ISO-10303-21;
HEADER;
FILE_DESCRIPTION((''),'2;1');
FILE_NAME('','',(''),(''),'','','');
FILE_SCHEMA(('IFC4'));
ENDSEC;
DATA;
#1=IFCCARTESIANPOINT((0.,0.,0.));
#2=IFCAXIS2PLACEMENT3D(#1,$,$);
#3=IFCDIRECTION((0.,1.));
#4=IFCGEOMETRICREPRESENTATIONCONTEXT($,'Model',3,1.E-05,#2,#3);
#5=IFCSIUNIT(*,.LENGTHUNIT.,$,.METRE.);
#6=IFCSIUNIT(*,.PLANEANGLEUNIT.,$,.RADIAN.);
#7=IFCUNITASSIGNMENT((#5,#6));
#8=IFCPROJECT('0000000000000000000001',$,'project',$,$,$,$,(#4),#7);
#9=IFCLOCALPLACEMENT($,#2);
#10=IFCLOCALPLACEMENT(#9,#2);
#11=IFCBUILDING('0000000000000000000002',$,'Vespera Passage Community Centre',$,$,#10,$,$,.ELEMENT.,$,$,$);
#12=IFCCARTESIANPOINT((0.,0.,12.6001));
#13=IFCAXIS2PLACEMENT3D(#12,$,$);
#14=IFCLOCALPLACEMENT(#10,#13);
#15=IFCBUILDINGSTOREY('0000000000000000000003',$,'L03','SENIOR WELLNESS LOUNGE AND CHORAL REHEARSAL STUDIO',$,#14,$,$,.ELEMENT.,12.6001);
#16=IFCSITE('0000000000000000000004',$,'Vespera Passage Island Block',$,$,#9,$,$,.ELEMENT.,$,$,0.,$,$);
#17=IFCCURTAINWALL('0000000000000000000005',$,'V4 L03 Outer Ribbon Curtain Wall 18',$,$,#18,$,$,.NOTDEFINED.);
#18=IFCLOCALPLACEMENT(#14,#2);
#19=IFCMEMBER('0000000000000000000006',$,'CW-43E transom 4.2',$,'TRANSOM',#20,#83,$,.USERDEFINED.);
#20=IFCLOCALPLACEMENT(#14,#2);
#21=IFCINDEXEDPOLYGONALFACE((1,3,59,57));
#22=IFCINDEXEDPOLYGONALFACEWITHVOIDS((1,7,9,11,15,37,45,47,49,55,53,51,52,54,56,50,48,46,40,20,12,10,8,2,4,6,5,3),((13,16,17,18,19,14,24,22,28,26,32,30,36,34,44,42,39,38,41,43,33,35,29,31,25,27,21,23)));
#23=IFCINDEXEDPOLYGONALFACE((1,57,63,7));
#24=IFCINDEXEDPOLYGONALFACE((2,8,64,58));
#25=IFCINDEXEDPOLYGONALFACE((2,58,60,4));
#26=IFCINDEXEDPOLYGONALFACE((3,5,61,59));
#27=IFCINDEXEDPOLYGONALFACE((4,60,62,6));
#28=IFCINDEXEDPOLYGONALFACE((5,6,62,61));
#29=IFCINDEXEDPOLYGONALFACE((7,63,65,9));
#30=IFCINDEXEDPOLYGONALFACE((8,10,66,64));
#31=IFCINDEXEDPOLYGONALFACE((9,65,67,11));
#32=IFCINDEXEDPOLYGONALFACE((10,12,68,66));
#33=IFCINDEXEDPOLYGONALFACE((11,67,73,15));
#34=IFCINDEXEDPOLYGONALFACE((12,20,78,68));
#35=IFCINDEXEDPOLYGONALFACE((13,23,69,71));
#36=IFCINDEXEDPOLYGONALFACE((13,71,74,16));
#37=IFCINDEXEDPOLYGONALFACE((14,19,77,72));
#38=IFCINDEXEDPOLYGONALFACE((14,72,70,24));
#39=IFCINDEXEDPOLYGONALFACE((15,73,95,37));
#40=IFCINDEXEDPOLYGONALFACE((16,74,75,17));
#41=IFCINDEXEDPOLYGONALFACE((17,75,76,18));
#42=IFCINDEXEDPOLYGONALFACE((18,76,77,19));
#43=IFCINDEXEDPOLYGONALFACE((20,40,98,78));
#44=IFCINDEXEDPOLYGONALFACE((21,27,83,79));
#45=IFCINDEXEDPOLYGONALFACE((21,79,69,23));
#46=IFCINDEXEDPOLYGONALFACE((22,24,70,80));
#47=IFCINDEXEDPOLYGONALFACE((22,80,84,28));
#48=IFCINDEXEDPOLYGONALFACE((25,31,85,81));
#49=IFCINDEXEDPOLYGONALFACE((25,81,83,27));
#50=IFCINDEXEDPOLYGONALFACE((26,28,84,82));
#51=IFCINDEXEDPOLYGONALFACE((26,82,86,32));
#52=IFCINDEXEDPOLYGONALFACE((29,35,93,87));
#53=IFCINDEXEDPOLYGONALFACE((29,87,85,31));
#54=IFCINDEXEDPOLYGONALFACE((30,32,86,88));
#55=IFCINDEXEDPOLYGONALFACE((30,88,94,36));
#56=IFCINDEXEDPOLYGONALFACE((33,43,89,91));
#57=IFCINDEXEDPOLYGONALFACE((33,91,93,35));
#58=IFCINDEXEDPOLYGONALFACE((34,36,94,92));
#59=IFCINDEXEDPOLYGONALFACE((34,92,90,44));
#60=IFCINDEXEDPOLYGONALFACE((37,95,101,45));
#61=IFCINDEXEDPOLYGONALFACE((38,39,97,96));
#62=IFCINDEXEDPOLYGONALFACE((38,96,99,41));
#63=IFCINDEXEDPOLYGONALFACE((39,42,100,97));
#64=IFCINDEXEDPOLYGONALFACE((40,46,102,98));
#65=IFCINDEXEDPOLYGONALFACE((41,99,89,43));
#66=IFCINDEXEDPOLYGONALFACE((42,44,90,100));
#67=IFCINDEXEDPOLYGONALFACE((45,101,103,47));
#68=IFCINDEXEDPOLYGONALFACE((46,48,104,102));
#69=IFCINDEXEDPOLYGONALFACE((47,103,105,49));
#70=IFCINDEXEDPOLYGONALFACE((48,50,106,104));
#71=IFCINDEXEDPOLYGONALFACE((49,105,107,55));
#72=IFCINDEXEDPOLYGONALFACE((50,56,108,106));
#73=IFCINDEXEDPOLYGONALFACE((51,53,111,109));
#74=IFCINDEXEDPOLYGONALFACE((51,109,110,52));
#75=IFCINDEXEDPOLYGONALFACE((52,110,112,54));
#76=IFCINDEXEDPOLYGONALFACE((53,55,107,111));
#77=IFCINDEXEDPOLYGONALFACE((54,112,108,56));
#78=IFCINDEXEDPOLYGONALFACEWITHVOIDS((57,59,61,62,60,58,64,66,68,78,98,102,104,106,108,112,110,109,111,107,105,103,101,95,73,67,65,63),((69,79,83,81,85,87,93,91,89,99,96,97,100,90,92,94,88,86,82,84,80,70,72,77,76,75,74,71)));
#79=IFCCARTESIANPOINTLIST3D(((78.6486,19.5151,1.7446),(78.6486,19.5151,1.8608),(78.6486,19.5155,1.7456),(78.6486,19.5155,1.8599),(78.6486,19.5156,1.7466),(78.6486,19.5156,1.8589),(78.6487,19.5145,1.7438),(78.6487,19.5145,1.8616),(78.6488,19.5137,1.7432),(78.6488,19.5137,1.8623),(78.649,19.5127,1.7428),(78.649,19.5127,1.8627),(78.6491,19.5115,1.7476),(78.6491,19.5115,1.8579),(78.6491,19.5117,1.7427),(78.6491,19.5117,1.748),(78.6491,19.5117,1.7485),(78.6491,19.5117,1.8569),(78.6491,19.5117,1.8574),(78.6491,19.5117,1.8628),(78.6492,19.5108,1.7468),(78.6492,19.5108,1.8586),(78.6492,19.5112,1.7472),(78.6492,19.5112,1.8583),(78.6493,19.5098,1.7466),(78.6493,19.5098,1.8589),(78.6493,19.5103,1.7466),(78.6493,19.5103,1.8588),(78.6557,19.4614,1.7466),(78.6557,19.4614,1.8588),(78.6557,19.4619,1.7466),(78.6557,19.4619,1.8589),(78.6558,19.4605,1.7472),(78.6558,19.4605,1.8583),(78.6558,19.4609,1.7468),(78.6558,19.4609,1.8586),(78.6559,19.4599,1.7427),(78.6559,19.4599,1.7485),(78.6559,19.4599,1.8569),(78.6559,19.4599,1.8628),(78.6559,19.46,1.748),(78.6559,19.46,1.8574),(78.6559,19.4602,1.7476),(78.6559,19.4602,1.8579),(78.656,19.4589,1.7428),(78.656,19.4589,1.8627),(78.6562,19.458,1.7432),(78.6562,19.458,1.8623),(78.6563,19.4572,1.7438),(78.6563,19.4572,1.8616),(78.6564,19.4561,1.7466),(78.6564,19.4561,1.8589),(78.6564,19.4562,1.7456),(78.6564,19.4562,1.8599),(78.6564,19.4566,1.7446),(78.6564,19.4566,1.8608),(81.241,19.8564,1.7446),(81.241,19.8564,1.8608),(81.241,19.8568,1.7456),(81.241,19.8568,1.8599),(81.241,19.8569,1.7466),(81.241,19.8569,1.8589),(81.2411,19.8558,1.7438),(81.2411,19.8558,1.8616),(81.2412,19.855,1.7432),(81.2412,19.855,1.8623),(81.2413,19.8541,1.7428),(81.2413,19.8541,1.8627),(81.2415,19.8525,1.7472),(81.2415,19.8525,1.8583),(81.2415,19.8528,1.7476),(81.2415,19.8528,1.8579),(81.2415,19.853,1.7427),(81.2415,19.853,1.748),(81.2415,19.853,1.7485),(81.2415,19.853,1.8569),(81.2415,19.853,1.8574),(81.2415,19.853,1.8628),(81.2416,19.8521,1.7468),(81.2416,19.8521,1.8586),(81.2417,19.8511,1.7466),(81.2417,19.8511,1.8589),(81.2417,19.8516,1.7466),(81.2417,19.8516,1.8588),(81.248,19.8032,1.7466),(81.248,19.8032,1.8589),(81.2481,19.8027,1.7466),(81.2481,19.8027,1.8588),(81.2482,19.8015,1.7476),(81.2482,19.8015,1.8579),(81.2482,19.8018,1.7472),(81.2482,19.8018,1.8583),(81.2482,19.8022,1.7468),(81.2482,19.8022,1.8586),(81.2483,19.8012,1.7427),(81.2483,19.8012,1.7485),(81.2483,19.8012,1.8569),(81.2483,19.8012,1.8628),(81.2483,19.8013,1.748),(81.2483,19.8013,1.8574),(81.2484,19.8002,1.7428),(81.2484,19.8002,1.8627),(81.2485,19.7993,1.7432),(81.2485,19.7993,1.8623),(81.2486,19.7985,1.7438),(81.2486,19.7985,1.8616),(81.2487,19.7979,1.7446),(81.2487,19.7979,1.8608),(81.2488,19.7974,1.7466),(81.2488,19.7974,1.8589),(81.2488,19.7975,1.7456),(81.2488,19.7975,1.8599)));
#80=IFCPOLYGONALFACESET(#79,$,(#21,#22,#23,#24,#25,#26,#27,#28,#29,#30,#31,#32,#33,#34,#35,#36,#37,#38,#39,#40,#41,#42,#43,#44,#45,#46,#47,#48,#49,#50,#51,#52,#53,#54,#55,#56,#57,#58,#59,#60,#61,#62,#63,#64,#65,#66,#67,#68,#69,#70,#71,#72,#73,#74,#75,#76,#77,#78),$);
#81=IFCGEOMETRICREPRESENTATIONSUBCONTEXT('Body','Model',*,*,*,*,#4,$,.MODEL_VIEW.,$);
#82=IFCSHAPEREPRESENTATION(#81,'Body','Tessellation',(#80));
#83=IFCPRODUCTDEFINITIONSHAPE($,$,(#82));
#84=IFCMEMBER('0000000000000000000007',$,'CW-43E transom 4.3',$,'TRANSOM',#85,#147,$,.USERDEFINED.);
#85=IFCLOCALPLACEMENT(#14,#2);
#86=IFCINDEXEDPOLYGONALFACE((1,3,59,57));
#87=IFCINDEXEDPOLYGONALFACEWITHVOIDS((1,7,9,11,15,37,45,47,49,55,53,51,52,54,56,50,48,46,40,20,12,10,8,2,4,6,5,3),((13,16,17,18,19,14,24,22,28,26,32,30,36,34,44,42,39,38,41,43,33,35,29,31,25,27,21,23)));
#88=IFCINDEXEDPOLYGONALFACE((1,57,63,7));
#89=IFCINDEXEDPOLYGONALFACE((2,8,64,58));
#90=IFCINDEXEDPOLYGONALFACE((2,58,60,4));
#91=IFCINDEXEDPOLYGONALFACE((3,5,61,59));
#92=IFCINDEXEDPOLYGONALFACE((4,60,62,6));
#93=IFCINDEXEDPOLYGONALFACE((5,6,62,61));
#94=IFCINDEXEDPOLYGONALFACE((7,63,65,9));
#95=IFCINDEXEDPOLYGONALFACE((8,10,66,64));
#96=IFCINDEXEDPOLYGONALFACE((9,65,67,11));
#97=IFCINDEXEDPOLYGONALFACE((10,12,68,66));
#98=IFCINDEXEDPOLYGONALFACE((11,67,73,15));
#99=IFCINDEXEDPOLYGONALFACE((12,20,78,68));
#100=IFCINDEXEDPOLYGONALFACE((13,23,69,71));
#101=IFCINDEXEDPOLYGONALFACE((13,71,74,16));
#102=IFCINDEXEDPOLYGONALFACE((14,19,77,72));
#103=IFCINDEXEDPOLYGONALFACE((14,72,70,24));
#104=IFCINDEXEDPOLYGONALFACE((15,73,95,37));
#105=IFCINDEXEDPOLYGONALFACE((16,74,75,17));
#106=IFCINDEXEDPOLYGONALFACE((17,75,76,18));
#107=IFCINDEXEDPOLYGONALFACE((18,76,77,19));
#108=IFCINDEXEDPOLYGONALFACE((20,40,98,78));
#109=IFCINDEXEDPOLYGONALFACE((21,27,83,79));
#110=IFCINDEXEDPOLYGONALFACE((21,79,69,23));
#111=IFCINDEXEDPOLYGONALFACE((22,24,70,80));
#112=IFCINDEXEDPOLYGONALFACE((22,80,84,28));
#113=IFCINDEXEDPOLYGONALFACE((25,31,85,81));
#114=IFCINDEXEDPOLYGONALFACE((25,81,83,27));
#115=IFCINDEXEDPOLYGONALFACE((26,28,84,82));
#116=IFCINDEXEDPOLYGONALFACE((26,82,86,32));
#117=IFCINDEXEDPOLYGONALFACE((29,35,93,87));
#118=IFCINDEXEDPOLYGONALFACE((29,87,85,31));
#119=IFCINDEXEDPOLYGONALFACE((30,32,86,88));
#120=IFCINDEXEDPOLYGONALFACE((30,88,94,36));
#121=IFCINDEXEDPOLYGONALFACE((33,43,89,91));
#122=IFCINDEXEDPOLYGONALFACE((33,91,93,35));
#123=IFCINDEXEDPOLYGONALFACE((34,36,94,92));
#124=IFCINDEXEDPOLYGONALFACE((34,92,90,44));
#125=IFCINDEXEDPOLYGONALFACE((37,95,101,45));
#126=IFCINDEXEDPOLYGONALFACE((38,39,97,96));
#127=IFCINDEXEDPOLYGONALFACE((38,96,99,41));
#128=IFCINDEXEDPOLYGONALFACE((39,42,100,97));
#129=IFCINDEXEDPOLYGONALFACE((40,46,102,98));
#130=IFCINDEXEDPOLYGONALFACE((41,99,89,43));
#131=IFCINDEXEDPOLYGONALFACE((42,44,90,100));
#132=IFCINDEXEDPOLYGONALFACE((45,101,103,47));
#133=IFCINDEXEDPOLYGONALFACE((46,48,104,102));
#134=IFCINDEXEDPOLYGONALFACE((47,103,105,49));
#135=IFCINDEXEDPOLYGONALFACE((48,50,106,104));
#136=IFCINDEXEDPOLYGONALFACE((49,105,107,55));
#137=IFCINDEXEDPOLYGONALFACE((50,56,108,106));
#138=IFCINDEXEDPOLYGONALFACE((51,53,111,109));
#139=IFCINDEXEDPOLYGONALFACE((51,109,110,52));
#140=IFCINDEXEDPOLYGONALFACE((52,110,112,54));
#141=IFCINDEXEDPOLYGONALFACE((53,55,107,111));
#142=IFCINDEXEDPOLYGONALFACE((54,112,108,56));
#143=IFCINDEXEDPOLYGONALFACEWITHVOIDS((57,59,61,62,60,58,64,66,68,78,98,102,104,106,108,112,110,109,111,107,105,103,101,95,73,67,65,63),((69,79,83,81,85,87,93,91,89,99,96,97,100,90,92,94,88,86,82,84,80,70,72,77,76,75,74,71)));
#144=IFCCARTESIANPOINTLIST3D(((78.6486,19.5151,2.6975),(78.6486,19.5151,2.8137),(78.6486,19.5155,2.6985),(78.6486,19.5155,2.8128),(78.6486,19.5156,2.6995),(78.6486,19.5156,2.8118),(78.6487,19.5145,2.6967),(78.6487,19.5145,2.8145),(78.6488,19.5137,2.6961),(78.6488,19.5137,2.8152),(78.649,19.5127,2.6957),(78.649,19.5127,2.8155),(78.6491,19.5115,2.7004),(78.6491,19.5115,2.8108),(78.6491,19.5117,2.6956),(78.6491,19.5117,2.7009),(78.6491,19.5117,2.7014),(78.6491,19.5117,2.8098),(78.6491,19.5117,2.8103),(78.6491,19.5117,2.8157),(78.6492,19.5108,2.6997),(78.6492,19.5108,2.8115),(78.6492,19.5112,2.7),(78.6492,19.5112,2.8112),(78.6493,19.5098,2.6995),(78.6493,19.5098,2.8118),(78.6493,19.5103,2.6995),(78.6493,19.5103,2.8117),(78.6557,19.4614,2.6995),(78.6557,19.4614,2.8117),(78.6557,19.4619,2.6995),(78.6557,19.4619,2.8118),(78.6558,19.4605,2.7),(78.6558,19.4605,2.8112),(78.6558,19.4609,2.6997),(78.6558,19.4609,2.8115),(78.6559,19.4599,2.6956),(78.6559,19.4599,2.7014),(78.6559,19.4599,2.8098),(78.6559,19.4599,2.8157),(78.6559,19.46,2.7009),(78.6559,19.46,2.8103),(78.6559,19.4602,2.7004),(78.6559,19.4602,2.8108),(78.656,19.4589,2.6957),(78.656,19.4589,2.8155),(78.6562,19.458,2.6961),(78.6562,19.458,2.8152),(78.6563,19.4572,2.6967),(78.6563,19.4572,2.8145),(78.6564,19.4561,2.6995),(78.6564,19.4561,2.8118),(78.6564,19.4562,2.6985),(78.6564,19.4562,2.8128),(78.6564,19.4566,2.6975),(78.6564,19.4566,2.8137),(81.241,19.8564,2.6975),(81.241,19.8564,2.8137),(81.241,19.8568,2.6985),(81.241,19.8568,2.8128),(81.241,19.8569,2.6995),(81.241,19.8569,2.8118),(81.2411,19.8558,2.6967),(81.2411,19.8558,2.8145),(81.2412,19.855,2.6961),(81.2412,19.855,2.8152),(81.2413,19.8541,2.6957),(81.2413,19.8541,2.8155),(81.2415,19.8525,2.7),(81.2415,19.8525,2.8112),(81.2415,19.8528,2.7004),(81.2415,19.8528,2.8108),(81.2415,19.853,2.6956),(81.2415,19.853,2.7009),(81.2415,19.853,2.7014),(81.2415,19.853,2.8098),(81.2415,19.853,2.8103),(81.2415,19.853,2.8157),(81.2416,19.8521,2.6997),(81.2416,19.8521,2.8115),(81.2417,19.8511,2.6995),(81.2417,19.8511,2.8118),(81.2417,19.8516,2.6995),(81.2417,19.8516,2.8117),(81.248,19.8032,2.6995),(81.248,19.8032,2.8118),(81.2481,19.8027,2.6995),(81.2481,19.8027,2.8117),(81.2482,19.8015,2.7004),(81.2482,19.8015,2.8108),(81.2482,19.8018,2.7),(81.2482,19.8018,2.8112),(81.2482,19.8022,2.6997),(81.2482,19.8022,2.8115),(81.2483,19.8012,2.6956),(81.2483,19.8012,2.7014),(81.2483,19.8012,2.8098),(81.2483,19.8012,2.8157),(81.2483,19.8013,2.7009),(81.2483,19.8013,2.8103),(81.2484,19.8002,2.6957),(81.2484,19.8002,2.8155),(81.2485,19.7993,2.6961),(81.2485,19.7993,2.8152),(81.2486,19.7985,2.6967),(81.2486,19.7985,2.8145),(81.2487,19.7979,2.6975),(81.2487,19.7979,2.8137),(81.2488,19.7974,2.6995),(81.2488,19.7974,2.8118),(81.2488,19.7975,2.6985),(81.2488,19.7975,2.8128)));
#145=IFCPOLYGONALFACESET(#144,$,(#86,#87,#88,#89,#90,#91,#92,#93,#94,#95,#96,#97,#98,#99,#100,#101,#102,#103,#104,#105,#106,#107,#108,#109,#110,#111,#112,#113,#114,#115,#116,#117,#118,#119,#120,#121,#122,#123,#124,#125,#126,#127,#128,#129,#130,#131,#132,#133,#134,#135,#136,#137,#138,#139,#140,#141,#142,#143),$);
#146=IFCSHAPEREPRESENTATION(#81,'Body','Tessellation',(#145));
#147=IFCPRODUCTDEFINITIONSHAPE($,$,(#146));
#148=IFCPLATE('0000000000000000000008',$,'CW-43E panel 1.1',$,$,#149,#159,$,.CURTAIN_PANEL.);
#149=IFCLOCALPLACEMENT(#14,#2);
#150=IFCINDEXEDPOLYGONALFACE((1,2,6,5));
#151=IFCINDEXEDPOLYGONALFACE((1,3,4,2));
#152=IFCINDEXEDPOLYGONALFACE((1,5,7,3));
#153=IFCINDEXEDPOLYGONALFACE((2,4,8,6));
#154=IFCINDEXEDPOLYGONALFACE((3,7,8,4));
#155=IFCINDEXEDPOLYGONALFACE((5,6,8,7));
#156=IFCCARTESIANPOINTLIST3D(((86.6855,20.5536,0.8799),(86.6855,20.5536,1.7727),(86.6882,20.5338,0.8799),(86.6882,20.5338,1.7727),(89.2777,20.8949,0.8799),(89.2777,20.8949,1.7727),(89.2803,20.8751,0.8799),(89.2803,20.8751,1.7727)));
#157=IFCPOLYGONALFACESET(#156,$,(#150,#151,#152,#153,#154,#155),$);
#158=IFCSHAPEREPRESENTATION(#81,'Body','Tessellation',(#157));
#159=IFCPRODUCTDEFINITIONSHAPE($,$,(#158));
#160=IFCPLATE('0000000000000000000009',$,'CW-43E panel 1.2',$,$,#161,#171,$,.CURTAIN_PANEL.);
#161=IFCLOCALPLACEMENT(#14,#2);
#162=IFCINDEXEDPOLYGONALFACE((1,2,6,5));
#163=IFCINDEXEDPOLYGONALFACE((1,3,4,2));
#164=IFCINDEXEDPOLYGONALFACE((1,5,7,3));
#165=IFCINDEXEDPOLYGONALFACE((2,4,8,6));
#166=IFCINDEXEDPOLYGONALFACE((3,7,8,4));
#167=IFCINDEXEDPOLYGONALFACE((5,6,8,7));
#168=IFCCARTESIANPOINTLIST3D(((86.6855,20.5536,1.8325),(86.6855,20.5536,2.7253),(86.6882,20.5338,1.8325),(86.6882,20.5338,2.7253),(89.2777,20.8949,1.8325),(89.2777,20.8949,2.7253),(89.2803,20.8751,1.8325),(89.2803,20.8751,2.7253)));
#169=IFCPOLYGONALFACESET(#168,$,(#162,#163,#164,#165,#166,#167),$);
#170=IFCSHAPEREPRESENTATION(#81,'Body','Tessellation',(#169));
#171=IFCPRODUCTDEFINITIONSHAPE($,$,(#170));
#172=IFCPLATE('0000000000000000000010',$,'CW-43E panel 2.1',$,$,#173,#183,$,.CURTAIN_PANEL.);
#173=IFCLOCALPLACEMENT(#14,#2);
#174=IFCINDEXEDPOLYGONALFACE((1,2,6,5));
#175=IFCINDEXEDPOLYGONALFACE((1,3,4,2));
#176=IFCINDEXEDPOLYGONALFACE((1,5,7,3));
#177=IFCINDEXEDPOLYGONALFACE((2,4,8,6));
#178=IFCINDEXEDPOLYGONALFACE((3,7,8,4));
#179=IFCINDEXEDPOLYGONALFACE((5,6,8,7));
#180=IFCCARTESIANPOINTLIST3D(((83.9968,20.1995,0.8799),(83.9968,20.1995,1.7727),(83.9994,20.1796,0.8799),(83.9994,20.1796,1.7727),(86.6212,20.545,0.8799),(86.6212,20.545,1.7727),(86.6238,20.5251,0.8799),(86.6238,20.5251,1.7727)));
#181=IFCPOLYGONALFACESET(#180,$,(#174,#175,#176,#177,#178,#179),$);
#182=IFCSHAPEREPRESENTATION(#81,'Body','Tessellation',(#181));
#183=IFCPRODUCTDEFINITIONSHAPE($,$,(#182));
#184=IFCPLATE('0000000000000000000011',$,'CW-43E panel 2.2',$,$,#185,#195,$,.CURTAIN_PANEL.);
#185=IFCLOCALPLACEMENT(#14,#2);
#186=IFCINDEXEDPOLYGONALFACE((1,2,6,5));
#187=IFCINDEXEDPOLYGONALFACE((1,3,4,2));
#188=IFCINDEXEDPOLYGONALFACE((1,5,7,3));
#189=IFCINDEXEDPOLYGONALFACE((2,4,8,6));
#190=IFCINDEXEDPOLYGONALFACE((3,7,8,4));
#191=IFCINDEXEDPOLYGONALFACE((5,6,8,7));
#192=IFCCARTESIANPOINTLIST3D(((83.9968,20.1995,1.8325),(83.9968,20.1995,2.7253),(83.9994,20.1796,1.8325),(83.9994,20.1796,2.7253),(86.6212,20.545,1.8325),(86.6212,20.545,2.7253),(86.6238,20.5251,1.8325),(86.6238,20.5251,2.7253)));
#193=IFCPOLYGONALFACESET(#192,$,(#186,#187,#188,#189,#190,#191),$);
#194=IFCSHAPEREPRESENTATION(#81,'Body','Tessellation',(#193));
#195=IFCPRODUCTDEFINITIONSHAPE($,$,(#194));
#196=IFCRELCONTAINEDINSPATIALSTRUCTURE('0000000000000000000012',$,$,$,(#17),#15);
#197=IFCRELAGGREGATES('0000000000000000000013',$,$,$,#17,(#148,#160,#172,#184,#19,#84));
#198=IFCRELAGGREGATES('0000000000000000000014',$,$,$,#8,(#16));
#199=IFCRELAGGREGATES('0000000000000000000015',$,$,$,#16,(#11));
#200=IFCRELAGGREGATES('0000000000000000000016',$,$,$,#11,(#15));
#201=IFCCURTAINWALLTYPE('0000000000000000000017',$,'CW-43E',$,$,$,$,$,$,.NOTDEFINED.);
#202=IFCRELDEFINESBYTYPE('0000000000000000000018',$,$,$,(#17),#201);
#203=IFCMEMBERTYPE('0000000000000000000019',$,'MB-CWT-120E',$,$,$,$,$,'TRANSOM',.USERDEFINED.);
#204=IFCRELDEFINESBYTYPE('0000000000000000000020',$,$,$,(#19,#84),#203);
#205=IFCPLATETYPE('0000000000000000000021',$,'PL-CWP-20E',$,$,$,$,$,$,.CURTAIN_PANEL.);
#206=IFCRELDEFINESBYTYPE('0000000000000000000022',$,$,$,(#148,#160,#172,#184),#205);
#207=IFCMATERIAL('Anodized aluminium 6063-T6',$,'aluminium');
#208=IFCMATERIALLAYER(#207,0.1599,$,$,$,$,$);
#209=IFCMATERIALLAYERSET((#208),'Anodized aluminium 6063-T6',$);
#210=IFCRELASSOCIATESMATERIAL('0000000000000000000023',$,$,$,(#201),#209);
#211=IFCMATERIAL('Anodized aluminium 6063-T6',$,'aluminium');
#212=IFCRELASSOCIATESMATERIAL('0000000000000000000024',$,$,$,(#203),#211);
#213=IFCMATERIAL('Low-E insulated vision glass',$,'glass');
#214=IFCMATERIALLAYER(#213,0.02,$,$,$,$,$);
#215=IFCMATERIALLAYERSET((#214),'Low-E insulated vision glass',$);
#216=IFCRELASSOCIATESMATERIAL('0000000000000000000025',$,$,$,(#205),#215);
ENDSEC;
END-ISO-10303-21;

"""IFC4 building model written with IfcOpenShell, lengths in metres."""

from ifc_helpers import new_model, si_unit, direction, frame, origin, origin_2d, place, context, subcontext, project, spatial, rectangle, hollow_rectangle, extrude, material, layer, layer_set, material_profile, profile_set, type_object, element, aggregate, save


model = new_model("IFC4")

# Units and contexts
model_context = context("Model", 3, precision=1e-05, world=origin(), true_north=direction((0.0, 1.0)))
body_context = subcontext(model_context, "Body", "Model", "MODEL_VIEW")
ifc_project = project(units=[si_unit("LENGTHUNIT", "METRE"), si_unit("PLANEANGLEUNIT", "RADIAN")], contexts=[model_context])

# Site, building, storey
site_placement = place(None, origin())
site = spatial("IfcSite", under=ifc_project, at=site_placement, Name="Vespera Passage Island Block", CompositionType="ELEMENT", RefElevation=0.0)
building_placement = place(site_placement, origin())
building = spatial("IfcBuilding", under=site, at=building_placement, Name="Vespera Passage Community Centre", CompositionType="ELEMENT")
storey_placement = place(building_placement, frame((0.0, 0.0, 12.6001)))
storey = spatial("IfcBuildingStorey", under=building, at=storey_placement, Name="L03", Description="SENIOR WELLNESS LOUNGE AND CHORAL REHEARSAL STUDIO", CompositionType="ELEMENT", Elevation=12.6001)

# Curtain wall, members, plates
ifc_material_1 = material(Name="Anodized aluminium 6063-T6", Category="aluminium")
ifc_layer_1 = layer(ifc_material_1, 0.1599)
ifc_layer_set_1 = layer_set([ifc_layer_1], Name="Anodized aluminium 6063-T6")
curtain_wall_type = type_object("IfcCurtainWallType", Name="CW-43E", PredefinedType="NOTDEFINED", material=ifc_layer_set_1)
curtain_wall_placement = place(storey_placement, origin())
curtain_wall = element("IfcCurtainWall", 1, at=curtain_wall_placement, inside=storey, type_object=curtain_wall_type, Name="V4 L03 Outer Ribbon Curtain Wall 18", PredefinedType="NOTDEFINED")
ifc_material_2 = material(Name="Anodized aluminium 6063-T6", Category="aluminium")
ifc_material_profile_1 = material_profile(ifc_material_2, hollow_rectangle(XDim=0.0601, YDim=0.1201, WallThickness=0.0039, InnerFilletRadius=0.002, OuterFilletRadius=0.0039, at=origin_2d()), Name="ALU120X60X4")
ifc_profile_set_1 = profile_set([ifc_material_profile_1], Name="Anodized aluminium 6063-T6")
member_type_1 = type_object("IfcMemberType", Name="MB-CWT-120E", ElementType="TRANSOM", PredefinedType="USERDEFINED", material=ifc_profile_set_1)
member_1_placement = place(storey_placement, frame((81.2449, 19.8271, 1.8027), z_axis=(-0.991443, -0.130537, 0.0), x_axis=(0.130537, -0.991443, 0.0)))
member_1 = element("IfcMember", 2, at=member_1_placement, type_object=member_type_1, Name="CW-43E transom 4.2", ObjectType="TRANSOM", PredefinedType="USERDEFINED", context=body_context, shape_type="SweptSolid", body=[
    extrude(hollow_rectangle(XDim=0.0601, YDim=0.1201, WallThickness=0.0039, InnerFilletRadius=0.002, OuterFilletRadius=0.0039, at=origin_2d()), origin(), (0.0, 0.0, 1.0), 2.6147),
])
member_2_placement = place(storey_placement, frame((81.2449, 19.8271, 2.7556), z_axis=(-0.991443, -0.130537, 0.0), x_axis=(0.130537, -0.991443, 0.0)))
member_2 = element("IfcMember", 3, at=member_2_placement, type_object=member_type_1, Name="CW-43E transom 4.3", ObjectType="TRANSOM", PredefinedType="USERDEFINED", context=body_context, shape_type="SweptSolid", body=[
    extrude(hollow_rectangle(XDim=0.0601, YDim=0.1201, WallThickness=0.0039, InnerFilletRadius=0.002, OuterFilletRadius=0.0039, at=origin_2d()), origin(), (0.0, 0.0, 1.0), 2.6147),
])
ifc_material_3 = material(Name="Low-E insulated vision glass", Category="glass")
ifc_layer_2 = layer(ifc_material_3, 0.02)
ifc_layer_set_2 = layer_set([ifc_layer_2], Name="Low-E insulated vision glass")
plate_type = type_object("IfcPlateType", Name="PL-CWP-20E", PredefinedType="CURTAIN_PANEL", material=ifc_layer_set_2)
plate_1_placement = place(storey_placement, frame((87.9829, 20.7144, 0.8799), z_axis=(0.0, 0.0, 1.0), x_axis=(-0.991444, -0.130531, 0.0)))
plate_1 = element("IfcPlate", 4, at=plate_1_placement, type_object=plate_type, Name="CW-43E panel 1.1", PredefinedType="CURTAIN_PANEL", context=body_context, shape_type="SweptSolid", body=[
    extrude(rectangle(XDim=2.6145, YDim=0.02, at=origin_2d()), origin(), (0.0, 0.0, 1.0), 0.8928),
])
plate_2_placement = place(storey_placement, frame((87.9829, 20.7144, 1.8325), z_axis=(0.0, 0.0, 1.0), x_axis=(-0.991444, -0.130531, 0.0)))
plate_2 = element("IfcPlate", 5, at=plate_2_placement, type_object=plate_type, Name="CW-43E panel 1.2", PredefinedType="CURTAIN_PANEL", context=body_context, shape_type="SweptSolid", body=[
    extrude(rectangle(XDim=2.6145, YDim=0.02, at=origin_2d()), origin(), (0.0, 0.0, 1.0), 0.8928),
])
plate_3_placement = place(storey_placement, frame((85.3103, 20.3623, 0.8799), z_axis=(0.0, 0.0, 1.0), x_axis=(-0.991444, -0.130531, 0.0)))
plate_3 = element("IfcPlate", 6, at=plate_3_placement, type_object=plate_type, Name="CW-43E panel 2.1", PredefinedType="CURTAIN_PANEL", context=body_context, shape_type="SweptSolid", body=[
    extrude(rectangle(XDim=2.647, YDim=0.02, at=origin_2d()), origin(), (0.0, 0.0, 1.0), 0.8928),
])
plate_4_placement = place(storey_placement, frame((85.3103, 20.3623, 1.8325), z_axis=(0.0, 0.0, 1.0), x_axis=(-0.991444, -0.130531, 0.0)))
plate_4 = element("IfcPlate", 7, at=plate_4_placement, type_object=plate_type, Name="CW-43E panel 2.2", PredefinedType="CURTAIN_PANEL", context=body_context, shape_type="SweptSolid", body=[
    extrude(rectangle(XDim=2.647, YDim=0.02, at=origin_2d()), origin(), (0.0, 0.0, 1.0), 0.8928),
])
aggregate(curtain_wall, [plate_1, plate_2, plate_3, plate_4, member_1, member_2])

save(model, "model.ifc")
